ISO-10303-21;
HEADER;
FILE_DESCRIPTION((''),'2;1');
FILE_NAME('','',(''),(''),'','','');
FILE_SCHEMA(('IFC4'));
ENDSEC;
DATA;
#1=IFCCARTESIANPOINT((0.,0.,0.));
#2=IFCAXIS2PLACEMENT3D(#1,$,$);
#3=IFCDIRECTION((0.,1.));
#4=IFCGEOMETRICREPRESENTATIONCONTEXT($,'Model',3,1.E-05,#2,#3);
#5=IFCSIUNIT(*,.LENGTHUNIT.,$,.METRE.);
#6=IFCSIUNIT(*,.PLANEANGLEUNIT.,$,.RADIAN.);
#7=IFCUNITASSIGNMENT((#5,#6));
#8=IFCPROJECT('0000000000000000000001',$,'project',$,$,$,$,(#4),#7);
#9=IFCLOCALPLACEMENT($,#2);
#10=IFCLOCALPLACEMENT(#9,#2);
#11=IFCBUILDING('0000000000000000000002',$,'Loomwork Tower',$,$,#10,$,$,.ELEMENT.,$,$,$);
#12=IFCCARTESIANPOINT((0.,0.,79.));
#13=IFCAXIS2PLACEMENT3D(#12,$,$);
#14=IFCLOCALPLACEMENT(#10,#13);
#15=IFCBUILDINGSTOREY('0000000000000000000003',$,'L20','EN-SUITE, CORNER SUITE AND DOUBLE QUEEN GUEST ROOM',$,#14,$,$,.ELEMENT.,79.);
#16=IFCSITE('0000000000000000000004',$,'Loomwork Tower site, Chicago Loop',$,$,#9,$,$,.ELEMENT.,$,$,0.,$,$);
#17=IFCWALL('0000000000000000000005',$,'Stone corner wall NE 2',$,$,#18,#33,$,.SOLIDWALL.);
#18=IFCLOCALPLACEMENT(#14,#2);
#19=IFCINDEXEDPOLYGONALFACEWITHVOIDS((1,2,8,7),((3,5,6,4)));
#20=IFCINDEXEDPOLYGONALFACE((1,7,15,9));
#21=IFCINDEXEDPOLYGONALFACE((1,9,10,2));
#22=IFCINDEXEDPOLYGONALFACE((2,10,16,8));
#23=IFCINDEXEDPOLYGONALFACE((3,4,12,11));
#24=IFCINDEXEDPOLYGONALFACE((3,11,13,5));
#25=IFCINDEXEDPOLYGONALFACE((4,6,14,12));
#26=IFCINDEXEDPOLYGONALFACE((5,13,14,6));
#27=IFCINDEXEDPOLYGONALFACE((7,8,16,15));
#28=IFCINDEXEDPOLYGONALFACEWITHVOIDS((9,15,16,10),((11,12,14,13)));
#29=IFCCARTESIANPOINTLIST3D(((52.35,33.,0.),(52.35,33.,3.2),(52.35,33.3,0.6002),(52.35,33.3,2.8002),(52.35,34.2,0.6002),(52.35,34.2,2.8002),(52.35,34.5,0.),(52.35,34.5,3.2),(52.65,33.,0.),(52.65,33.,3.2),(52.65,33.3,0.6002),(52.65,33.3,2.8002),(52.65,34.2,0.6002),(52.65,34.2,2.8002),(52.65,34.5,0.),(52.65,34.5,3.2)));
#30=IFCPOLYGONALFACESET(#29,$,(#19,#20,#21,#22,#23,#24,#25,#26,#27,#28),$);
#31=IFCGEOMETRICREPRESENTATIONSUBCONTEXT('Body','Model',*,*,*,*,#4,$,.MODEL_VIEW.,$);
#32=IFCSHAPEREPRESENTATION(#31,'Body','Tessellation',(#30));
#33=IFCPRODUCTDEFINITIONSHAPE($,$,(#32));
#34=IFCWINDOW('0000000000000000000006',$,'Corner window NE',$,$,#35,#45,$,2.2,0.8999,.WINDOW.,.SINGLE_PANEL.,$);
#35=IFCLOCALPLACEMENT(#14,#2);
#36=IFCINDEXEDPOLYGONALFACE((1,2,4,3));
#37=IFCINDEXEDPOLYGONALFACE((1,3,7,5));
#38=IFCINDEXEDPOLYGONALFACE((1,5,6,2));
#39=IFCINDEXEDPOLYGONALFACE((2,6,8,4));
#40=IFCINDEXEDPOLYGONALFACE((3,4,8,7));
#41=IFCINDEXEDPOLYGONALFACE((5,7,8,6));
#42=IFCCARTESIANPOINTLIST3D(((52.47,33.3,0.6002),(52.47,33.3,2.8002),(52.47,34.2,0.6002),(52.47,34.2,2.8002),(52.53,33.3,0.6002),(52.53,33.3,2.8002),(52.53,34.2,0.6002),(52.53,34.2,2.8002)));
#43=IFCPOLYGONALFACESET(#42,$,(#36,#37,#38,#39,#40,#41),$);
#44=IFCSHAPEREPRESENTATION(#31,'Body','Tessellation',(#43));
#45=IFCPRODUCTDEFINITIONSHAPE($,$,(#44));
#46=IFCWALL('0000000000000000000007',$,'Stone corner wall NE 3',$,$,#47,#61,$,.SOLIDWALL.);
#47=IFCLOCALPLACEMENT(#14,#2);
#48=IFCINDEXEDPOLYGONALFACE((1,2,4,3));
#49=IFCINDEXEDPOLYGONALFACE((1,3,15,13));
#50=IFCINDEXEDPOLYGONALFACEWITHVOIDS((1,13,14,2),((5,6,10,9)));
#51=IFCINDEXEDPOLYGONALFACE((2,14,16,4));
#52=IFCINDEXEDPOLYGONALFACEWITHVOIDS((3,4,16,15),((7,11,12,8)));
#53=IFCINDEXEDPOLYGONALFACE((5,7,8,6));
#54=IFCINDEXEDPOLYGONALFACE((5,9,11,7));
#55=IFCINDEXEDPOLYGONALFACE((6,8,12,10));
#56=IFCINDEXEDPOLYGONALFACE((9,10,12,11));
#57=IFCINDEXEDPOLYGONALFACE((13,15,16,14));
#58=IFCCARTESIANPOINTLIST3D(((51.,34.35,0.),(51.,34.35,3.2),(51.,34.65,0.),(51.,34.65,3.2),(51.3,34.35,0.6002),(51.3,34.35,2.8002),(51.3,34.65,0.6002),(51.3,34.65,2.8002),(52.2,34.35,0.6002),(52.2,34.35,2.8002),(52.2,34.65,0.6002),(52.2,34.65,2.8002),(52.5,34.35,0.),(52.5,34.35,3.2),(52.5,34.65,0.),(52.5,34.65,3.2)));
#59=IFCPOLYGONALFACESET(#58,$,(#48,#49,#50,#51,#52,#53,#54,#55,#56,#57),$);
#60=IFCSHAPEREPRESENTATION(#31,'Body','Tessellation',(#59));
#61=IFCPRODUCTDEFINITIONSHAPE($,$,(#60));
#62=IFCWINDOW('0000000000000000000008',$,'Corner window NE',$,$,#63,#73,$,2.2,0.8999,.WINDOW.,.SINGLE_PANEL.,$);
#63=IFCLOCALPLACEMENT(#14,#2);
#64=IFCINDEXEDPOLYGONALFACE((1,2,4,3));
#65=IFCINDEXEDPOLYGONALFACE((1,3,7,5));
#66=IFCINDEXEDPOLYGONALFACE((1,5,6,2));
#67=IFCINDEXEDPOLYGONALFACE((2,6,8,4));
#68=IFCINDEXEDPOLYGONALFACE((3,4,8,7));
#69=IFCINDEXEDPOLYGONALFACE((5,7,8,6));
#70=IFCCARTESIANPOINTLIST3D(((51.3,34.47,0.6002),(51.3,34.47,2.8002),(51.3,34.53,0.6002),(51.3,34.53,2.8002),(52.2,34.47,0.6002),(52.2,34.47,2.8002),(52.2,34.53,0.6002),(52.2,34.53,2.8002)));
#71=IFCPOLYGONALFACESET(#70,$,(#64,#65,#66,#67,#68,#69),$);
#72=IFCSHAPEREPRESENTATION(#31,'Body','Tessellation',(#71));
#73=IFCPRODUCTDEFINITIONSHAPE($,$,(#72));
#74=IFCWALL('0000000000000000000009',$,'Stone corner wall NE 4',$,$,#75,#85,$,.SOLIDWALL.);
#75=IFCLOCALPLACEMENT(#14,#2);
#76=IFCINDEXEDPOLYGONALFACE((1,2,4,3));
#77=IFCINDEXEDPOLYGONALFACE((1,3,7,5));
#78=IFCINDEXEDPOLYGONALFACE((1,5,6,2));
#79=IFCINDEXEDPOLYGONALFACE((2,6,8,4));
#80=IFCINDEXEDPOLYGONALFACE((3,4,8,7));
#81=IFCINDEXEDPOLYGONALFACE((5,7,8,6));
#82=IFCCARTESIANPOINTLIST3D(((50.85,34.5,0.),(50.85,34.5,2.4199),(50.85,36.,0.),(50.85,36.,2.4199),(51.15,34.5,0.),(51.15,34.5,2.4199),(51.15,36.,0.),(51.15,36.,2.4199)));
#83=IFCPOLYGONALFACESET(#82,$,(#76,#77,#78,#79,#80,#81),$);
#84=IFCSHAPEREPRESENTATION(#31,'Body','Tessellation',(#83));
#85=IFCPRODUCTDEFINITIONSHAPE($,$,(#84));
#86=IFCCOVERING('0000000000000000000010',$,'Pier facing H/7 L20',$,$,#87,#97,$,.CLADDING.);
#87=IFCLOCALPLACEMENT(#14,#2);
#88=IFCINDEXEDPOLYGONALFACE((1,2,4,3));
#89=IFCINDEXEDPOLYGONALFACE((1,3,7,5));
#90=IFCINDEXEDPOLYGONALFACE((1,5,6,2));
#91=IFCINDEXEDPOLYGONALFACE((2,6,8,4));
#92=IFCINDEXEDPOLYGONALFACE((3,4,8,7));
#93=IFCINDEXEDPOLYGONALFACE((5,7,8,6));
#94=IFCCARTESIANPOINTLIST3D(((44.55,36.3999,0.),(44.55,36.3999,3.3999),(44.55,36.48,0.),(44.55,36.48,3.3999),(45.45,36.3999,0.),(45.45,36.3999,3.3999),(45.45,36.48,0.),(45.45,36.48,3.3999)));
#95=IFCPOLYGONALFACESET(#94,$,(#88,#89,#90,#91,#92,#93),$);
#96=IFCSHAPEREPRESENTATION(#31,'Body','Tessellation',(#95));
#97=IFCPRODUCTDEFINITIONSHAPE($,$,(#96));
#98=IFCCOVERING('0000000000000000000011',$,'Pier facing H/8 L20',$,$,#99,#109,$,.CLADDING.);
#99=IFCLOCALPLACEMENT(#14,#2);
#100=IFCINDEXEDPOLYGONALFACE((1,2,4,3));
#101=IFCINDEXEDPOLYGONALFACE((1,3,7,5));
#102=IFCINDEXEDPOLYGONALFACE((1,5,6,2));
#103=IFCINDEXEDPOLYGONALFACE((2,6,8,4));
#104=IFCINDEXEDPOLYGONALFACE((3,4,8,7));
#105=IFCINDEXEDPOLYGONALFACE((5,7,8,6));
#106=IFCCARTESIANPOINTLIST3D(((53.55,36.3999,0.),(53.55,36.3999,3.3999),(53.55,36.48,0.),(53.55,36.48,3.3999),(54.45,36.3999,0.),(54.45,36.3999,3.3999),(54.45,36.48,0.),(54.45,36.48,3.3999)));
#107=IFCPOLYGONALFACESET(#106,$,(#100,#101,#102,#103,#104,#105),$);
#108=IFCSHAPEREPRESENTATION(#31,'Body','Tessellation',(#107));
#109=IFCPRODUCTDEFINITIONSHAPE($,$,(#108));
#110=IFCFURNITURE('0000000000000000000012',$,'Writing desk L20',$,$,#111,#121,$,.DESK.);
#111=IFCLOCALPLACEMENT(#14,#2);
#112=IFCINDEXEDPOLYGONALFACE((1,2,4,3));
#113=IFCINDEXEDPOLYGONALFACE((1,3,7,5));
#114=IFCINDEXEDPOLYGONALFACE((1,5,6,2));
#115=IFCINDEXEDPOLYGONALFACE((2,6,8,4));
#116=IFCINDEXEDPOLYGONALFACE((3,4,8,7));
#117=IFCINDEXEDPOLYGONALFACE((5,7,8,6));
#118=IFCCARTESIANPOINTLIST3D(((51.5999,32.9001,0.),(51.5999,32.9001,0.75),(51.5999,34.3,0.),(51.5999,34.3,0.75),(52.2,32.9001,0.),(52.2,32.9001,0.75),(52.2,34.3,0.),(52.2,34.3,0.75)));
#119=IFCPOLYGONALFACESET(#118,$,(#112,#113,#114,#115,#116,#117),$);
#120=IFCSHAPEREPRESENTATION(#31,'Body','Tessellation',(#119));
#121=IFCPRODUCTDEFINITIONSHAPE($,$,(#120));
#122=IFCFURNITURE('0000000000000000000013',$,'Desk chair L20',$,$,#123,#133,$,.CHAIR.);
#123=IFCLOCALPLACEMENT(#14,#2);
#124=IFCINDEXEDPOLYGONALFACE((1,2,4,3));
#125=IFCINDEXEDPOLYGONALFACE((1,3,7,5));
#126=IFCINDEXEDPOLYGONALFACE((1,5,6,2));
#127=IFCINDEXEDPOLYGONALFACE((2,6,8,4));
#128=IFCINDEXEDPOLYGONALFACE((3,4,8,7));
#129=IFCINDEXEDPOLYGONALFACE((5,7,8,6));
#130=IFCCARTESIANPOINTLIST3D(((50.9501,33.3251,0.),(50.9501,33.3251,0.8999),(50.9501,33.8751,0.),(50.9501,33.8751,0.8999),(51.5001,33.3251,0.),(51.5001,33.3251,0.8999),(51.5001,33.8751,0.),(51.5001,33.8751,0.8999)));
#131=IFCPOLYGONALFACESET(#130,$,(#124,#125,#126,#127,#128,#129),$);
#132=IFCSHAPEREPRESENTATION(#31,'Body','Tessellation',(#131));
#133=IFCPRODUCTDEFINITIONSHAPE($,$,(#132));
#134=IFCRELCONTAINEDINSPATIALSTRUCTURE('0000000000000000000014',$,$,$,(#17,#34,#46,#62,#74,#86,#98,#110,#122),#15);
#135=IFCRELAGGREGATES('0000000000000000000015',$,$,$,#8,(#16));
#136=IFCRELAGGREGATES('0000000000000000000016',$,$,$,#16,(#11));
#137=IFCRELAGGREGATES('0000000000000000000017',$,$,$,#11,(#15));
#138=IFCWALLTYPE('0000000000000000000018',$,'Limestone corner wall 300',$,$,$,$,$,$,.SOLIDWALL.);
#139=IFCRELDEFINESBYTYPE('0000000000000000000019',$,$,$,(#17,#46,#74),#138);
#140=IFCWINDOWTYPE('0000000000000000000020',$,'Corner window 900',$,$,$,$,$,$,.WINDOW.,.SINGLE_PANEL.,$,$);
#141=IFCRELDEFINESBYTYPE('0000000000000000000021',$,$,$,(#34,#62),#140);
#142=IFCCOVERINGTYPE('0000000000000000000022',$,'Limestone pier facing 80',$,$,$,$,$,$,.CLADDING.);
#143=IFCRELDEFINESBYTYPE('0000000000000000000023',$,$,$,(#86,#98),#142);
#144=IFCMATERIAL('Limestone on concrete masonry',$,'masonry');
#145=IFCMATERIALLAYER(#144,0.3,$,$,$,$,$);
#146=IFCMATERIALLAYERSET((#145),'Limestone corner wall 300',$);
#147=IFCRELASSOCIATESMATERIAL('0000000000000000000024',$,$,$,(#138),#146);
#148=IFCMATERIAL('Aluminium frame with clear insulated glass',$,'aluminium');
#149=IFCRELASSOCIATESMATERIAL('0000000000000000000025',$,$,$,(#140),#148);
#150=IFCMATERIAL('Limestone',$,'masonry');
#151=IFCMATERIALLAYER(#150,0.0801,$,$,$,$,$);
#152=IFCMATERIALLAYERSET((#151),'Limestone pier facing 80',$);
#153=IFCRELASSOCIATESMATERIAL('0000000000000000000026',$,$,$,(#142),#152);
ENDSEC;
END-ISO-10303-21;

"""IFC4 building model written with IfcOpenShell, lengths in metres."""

from ifc_helpers import new_model, si_unit, direction, frame, frame_2d, origin, origin_2d, place, context, subcontext, project, spatial, rectangle, extrude, material, layer, layer_set, type_object, element, fill, save


model = new_model("IFC4")

# Units and contexts
model_context = context("Model", 3, precision=1e-05, world=origin(), true_north=direction((0.0, 1.0)))
body_context = subcontext(model_context, "Body", "Model", "MODEL_VIEW")
ifc_project = project(units=[si_unit("LENGTHUNIT", "METRE"), si_unit("PLANEANGLEUNIT", "RADIAN")], contexts=[model_context])

# Site, building, storey
site_placement = place(None, origin())
site = spatial("IfcSite", under=ifc_project, at=site_placement, Name="Loomwork Tower site, Chicago Loop", CompositionType="ELEMENT", RefElevation=0.0)
building_placement = place(site_placement, origin())
building = spatial("IfcBuilding", under=site, at=building_placement, Name="Loomwork Tower", CompositionType="ELEMENT")
storey_placement = place(building_placement, frame((0.0, 0.0, 79.0)))
storey = spatial("IfcBuildingStorey", under=building, at=storey_placement, Name="L20", Description="EN-SUITE, CORNER SUITE AND DOUBLE QUEEN GUEST ROOM", CompositionType="ELEMENT", Elevation=79.0)

# Shared definitions
ifc_material_1 = material(Name="Limestone on concrete masonry", Category="masonry")
ifc_layer_1 = layer(ifc_material_1, 0.3)
ifc_layer_set_1 = layer_set([ifc_layer_1], Name="Limestone corner wall 300")
wall_type_1 = type_object("IfcWallType", Name="Limestone corner wall 300", PredefinedType="SOLIDWALL", material=ifc_layer_set_1)

# Walls, openings, windows
wall_1_placement = place(storey_placement, frame((52.5, 33.0, 0.0), z_axis=(0.0, 0.0, 1.0), x_axis=(0.0, 1.0, 0.0)))
wall_1 = element("IfcWall", 1, at=wall_1_placement, inside=storey, type_object=wall_type_1, Name="Stone corner wall NE 2", PredefinedType="SOLIDWALL", context=body_context, shape_type="SweptSolid", body=[
    extrude(rectangle(XDim=1.5, YDim=0.3, at=frame_2d((0.75, 0.0))), origin(), (0.0, 0.0, 1.0), 3.2),
])
opening_1_placement = place(wall_1_placement, frame((0.3, 0.0, 0.6001)))
opening_1 = element("IfcOpeningElement", 2, at=opening_1_placement, cuts=wall_1, PredefinedType="OPENING", context=body_context, shape_type="SweptSolid", body=[
    extrude(rectangle(XDim=0.8999, YDim=2.2, at=frame_2d((0.45, 1.1001))), frame((0.0, 0.1599, 0.0), z_axis=(0.0, -1.0, 0.0), x_axis=(1.0, 0.0, 0.0)), (0.0, 0.0, 1.0), 0.3201),
])
ifc_material_2 = material(Name="Aluminium frame with clear insulated glass", Category="aluminium")
window_type_1 = type_object("IfcWindowType", Name="Corner window 900", PartitioningType="SINGLE_PANEL", PredefinedType="WINDOW", material=ifc_material_2)
window_1_placement = place(opening_1_placement, origin())
window_1 = element("IfcWindow", 3, at=window_1_placement, inside=storey, type_object=window_type_1, Name="Corner window NE", OverallHeight=2.2, OverallWidth=0.8999, PartitioningType="SINGLE_PANEL", PredefinedType="WINDOW", context=body_context, shape_type="SweptSolid", body=[
    extrude(rectangle(XDim=0.8999, YDim=2.2, at=frame_2d((0.45, 1.1001))), frame((0.0, 0.03, 0.0), z_axis=(0.0, -1.0, 0.0), x_axis=(1.0, 0.0, 0.0)), (0.0, 0.0, 1.0), 0.0601),
])
fill(opening_1, window_1)
wall_2_placement = place(storey_placement, frame((52.5, 34.5, 0.0), z_axis=(0.0, 0.0, 1.0), x_axis=(-1.0, 0.0, 0.0)))
wall_2 = element("IfcWall", 4, at=wall_2_placement, inside=storey, type_object=wall_type_1, Name="Stone corner wall NE 3", PredefinedType="SOLIDWALL", context=body_context, shape_type="SweptSolid", body=[
    extrude(rectangle(XDim=1.5, YDim=0.3, at=frame_2d((0.75, 0.0))), origin(), (0.0, 0.0, 1.0), 3.2),
])
opening_2_placement = place(wall_2_placement, frame((0.3, 0.0, 0.6001)))
opening_2 = element("IfcOpeningElement", 5, at=opening_2_placement, cuts=wall_2, PredefinedType="OPENING", context=body_context, shape_type="SweptSolid", body=[
    extrude(rectangle(XDim=0.8999, YDim=2.2, at=frame_2d((0.45, 1.1001))), frame((0.0, 0.1599, 0.0), z_axis=(0.0, -1.0, 0.0), x_axis=(1.0, 0.0, 0.0)), (0.0, 0.0, 1.0), 0.3201),
])
window_2_placement = place(opening_2_placement, origin())
window_2 = element("IfcWindow", 6, at=window_2_placement, inside=storey, type_object=window_type_1, Name="Corner window NE", OverallHeight=2.2, OverallWidth=0.8999, PartitioningType="SINGLE_PANEL", PredefinedType="WINDOW", context=body_context, shape_type="SweptSolid", body=[
    extrude(rectangle(XDim=0.8999, YDim=2.2, at=frame_2d((0.45, 1.1001))), frame((0.0, 0.03, 0.0), z_axis=(0.0, -1.0, 0.0), x_axis=(1.0, 0.0, 0.0)), (0.0, 0.0, 1.0), 0.0601),
])
fill(opening_2, window_2)

# Wall
wall_3_placement = place(storey_placement, frame((51.0, 34.5, 0.0), z_axis=(0.0, 0.0, 1.0), x_axis=(0.0, 1.0, 0.0)))
element("IfcWall", 7, at=wall_3_placement, inside=storey, type_object=wall_type_1, Name="Stone corner wall NE 4", PredefinedType="SOLIDWALL", context=body_context, shape_type="SweptSolid", body=[
    extrude(rectangle(XDim=1.5, YDim=0.3, at=frame_2d((0.75, 0.0))), origin(), (0.0, 0.0, 1.0), 2.4199),
])

# Coverings
ifc_material_3 = material(Name="Limestone", Category="masonry")
ifc_layer_2 = layer(ifc_material_3, 0.0801)
ifc_layer_set_2 = layer_set([ifc_layer_2], Name="Limestone pier facing 80")
covering_type = type_object("IfcCoveringType", Name="Limestone pier facing 80", PredefinedType="CLADDING", material=ifc_layer_set_2)
for number, where, z_axis, x_axis, name in (
    (8, (45.0, 36.4399, 0.0), (0.0, 0.0, 1.0), (1.0, 0.0, 0.0), "Pier facing H/7 L20"),
    (9, (54.0, 36.4399, 0.0), (0.0, 0.0, 1.0), (1.0, 0.0, 0.0), "Pier facing H/8 L20"),
):
    element("IfcCovering", number, at=place(storey_placement, frame(where, z_axis=z_axis, x_axis=x_axis)), inside=storey, type_object=covering_type, Name=name, PredefinedType="CLADDING", context=body_context, shape_type="SweptSolid", body=[
        extrude(rectangle(XDim=0.8999, YDim=0.0801, at=origin_2d()), origin(), (0.0, 0.0, 1.0), 3.3999),
    ])

# Furniture
furniture_1_placement = place(storey_placement, frame((51.8999, 33.6001, 0.0), z_axis=(0.0, 0.0, 1.0), x_axis=(1.0, 0.0, 0.0)))
element("IfcFurniture", 10, at=furniture_1_placement, inside=storey, Name="Writing desk L20", PredefinedType="DESK", context=body_context, shape_type="SweptSolid", body=[
    extrude(rectangle(XDim=0.6001, YDim=1.3999, at=origin_2d()), origin(), (0.0, 0.0, 1.0), 0.75),
])
furniture_2_placement = place(storey_placement, frame((51.2251, 33.6001, 0.0), z_axis=(0.0, 0.0, 1.0), x_axis=(1.0, 0.0, 0.0)))
element("IfcFurniture", 11, at=furniture_2_placement, inside=storey, Name="Desk chair L20", PredefinedType="CHAIR", context=body_context, shape_type="SweptSolid", body=[
    extrude(rectangle(XDim=0.55, YDim=0.55, at=origin_2d()), origin(), (0.0, 0.0, 1.0), 0.8999),
])

save(model, "model.ifc")
